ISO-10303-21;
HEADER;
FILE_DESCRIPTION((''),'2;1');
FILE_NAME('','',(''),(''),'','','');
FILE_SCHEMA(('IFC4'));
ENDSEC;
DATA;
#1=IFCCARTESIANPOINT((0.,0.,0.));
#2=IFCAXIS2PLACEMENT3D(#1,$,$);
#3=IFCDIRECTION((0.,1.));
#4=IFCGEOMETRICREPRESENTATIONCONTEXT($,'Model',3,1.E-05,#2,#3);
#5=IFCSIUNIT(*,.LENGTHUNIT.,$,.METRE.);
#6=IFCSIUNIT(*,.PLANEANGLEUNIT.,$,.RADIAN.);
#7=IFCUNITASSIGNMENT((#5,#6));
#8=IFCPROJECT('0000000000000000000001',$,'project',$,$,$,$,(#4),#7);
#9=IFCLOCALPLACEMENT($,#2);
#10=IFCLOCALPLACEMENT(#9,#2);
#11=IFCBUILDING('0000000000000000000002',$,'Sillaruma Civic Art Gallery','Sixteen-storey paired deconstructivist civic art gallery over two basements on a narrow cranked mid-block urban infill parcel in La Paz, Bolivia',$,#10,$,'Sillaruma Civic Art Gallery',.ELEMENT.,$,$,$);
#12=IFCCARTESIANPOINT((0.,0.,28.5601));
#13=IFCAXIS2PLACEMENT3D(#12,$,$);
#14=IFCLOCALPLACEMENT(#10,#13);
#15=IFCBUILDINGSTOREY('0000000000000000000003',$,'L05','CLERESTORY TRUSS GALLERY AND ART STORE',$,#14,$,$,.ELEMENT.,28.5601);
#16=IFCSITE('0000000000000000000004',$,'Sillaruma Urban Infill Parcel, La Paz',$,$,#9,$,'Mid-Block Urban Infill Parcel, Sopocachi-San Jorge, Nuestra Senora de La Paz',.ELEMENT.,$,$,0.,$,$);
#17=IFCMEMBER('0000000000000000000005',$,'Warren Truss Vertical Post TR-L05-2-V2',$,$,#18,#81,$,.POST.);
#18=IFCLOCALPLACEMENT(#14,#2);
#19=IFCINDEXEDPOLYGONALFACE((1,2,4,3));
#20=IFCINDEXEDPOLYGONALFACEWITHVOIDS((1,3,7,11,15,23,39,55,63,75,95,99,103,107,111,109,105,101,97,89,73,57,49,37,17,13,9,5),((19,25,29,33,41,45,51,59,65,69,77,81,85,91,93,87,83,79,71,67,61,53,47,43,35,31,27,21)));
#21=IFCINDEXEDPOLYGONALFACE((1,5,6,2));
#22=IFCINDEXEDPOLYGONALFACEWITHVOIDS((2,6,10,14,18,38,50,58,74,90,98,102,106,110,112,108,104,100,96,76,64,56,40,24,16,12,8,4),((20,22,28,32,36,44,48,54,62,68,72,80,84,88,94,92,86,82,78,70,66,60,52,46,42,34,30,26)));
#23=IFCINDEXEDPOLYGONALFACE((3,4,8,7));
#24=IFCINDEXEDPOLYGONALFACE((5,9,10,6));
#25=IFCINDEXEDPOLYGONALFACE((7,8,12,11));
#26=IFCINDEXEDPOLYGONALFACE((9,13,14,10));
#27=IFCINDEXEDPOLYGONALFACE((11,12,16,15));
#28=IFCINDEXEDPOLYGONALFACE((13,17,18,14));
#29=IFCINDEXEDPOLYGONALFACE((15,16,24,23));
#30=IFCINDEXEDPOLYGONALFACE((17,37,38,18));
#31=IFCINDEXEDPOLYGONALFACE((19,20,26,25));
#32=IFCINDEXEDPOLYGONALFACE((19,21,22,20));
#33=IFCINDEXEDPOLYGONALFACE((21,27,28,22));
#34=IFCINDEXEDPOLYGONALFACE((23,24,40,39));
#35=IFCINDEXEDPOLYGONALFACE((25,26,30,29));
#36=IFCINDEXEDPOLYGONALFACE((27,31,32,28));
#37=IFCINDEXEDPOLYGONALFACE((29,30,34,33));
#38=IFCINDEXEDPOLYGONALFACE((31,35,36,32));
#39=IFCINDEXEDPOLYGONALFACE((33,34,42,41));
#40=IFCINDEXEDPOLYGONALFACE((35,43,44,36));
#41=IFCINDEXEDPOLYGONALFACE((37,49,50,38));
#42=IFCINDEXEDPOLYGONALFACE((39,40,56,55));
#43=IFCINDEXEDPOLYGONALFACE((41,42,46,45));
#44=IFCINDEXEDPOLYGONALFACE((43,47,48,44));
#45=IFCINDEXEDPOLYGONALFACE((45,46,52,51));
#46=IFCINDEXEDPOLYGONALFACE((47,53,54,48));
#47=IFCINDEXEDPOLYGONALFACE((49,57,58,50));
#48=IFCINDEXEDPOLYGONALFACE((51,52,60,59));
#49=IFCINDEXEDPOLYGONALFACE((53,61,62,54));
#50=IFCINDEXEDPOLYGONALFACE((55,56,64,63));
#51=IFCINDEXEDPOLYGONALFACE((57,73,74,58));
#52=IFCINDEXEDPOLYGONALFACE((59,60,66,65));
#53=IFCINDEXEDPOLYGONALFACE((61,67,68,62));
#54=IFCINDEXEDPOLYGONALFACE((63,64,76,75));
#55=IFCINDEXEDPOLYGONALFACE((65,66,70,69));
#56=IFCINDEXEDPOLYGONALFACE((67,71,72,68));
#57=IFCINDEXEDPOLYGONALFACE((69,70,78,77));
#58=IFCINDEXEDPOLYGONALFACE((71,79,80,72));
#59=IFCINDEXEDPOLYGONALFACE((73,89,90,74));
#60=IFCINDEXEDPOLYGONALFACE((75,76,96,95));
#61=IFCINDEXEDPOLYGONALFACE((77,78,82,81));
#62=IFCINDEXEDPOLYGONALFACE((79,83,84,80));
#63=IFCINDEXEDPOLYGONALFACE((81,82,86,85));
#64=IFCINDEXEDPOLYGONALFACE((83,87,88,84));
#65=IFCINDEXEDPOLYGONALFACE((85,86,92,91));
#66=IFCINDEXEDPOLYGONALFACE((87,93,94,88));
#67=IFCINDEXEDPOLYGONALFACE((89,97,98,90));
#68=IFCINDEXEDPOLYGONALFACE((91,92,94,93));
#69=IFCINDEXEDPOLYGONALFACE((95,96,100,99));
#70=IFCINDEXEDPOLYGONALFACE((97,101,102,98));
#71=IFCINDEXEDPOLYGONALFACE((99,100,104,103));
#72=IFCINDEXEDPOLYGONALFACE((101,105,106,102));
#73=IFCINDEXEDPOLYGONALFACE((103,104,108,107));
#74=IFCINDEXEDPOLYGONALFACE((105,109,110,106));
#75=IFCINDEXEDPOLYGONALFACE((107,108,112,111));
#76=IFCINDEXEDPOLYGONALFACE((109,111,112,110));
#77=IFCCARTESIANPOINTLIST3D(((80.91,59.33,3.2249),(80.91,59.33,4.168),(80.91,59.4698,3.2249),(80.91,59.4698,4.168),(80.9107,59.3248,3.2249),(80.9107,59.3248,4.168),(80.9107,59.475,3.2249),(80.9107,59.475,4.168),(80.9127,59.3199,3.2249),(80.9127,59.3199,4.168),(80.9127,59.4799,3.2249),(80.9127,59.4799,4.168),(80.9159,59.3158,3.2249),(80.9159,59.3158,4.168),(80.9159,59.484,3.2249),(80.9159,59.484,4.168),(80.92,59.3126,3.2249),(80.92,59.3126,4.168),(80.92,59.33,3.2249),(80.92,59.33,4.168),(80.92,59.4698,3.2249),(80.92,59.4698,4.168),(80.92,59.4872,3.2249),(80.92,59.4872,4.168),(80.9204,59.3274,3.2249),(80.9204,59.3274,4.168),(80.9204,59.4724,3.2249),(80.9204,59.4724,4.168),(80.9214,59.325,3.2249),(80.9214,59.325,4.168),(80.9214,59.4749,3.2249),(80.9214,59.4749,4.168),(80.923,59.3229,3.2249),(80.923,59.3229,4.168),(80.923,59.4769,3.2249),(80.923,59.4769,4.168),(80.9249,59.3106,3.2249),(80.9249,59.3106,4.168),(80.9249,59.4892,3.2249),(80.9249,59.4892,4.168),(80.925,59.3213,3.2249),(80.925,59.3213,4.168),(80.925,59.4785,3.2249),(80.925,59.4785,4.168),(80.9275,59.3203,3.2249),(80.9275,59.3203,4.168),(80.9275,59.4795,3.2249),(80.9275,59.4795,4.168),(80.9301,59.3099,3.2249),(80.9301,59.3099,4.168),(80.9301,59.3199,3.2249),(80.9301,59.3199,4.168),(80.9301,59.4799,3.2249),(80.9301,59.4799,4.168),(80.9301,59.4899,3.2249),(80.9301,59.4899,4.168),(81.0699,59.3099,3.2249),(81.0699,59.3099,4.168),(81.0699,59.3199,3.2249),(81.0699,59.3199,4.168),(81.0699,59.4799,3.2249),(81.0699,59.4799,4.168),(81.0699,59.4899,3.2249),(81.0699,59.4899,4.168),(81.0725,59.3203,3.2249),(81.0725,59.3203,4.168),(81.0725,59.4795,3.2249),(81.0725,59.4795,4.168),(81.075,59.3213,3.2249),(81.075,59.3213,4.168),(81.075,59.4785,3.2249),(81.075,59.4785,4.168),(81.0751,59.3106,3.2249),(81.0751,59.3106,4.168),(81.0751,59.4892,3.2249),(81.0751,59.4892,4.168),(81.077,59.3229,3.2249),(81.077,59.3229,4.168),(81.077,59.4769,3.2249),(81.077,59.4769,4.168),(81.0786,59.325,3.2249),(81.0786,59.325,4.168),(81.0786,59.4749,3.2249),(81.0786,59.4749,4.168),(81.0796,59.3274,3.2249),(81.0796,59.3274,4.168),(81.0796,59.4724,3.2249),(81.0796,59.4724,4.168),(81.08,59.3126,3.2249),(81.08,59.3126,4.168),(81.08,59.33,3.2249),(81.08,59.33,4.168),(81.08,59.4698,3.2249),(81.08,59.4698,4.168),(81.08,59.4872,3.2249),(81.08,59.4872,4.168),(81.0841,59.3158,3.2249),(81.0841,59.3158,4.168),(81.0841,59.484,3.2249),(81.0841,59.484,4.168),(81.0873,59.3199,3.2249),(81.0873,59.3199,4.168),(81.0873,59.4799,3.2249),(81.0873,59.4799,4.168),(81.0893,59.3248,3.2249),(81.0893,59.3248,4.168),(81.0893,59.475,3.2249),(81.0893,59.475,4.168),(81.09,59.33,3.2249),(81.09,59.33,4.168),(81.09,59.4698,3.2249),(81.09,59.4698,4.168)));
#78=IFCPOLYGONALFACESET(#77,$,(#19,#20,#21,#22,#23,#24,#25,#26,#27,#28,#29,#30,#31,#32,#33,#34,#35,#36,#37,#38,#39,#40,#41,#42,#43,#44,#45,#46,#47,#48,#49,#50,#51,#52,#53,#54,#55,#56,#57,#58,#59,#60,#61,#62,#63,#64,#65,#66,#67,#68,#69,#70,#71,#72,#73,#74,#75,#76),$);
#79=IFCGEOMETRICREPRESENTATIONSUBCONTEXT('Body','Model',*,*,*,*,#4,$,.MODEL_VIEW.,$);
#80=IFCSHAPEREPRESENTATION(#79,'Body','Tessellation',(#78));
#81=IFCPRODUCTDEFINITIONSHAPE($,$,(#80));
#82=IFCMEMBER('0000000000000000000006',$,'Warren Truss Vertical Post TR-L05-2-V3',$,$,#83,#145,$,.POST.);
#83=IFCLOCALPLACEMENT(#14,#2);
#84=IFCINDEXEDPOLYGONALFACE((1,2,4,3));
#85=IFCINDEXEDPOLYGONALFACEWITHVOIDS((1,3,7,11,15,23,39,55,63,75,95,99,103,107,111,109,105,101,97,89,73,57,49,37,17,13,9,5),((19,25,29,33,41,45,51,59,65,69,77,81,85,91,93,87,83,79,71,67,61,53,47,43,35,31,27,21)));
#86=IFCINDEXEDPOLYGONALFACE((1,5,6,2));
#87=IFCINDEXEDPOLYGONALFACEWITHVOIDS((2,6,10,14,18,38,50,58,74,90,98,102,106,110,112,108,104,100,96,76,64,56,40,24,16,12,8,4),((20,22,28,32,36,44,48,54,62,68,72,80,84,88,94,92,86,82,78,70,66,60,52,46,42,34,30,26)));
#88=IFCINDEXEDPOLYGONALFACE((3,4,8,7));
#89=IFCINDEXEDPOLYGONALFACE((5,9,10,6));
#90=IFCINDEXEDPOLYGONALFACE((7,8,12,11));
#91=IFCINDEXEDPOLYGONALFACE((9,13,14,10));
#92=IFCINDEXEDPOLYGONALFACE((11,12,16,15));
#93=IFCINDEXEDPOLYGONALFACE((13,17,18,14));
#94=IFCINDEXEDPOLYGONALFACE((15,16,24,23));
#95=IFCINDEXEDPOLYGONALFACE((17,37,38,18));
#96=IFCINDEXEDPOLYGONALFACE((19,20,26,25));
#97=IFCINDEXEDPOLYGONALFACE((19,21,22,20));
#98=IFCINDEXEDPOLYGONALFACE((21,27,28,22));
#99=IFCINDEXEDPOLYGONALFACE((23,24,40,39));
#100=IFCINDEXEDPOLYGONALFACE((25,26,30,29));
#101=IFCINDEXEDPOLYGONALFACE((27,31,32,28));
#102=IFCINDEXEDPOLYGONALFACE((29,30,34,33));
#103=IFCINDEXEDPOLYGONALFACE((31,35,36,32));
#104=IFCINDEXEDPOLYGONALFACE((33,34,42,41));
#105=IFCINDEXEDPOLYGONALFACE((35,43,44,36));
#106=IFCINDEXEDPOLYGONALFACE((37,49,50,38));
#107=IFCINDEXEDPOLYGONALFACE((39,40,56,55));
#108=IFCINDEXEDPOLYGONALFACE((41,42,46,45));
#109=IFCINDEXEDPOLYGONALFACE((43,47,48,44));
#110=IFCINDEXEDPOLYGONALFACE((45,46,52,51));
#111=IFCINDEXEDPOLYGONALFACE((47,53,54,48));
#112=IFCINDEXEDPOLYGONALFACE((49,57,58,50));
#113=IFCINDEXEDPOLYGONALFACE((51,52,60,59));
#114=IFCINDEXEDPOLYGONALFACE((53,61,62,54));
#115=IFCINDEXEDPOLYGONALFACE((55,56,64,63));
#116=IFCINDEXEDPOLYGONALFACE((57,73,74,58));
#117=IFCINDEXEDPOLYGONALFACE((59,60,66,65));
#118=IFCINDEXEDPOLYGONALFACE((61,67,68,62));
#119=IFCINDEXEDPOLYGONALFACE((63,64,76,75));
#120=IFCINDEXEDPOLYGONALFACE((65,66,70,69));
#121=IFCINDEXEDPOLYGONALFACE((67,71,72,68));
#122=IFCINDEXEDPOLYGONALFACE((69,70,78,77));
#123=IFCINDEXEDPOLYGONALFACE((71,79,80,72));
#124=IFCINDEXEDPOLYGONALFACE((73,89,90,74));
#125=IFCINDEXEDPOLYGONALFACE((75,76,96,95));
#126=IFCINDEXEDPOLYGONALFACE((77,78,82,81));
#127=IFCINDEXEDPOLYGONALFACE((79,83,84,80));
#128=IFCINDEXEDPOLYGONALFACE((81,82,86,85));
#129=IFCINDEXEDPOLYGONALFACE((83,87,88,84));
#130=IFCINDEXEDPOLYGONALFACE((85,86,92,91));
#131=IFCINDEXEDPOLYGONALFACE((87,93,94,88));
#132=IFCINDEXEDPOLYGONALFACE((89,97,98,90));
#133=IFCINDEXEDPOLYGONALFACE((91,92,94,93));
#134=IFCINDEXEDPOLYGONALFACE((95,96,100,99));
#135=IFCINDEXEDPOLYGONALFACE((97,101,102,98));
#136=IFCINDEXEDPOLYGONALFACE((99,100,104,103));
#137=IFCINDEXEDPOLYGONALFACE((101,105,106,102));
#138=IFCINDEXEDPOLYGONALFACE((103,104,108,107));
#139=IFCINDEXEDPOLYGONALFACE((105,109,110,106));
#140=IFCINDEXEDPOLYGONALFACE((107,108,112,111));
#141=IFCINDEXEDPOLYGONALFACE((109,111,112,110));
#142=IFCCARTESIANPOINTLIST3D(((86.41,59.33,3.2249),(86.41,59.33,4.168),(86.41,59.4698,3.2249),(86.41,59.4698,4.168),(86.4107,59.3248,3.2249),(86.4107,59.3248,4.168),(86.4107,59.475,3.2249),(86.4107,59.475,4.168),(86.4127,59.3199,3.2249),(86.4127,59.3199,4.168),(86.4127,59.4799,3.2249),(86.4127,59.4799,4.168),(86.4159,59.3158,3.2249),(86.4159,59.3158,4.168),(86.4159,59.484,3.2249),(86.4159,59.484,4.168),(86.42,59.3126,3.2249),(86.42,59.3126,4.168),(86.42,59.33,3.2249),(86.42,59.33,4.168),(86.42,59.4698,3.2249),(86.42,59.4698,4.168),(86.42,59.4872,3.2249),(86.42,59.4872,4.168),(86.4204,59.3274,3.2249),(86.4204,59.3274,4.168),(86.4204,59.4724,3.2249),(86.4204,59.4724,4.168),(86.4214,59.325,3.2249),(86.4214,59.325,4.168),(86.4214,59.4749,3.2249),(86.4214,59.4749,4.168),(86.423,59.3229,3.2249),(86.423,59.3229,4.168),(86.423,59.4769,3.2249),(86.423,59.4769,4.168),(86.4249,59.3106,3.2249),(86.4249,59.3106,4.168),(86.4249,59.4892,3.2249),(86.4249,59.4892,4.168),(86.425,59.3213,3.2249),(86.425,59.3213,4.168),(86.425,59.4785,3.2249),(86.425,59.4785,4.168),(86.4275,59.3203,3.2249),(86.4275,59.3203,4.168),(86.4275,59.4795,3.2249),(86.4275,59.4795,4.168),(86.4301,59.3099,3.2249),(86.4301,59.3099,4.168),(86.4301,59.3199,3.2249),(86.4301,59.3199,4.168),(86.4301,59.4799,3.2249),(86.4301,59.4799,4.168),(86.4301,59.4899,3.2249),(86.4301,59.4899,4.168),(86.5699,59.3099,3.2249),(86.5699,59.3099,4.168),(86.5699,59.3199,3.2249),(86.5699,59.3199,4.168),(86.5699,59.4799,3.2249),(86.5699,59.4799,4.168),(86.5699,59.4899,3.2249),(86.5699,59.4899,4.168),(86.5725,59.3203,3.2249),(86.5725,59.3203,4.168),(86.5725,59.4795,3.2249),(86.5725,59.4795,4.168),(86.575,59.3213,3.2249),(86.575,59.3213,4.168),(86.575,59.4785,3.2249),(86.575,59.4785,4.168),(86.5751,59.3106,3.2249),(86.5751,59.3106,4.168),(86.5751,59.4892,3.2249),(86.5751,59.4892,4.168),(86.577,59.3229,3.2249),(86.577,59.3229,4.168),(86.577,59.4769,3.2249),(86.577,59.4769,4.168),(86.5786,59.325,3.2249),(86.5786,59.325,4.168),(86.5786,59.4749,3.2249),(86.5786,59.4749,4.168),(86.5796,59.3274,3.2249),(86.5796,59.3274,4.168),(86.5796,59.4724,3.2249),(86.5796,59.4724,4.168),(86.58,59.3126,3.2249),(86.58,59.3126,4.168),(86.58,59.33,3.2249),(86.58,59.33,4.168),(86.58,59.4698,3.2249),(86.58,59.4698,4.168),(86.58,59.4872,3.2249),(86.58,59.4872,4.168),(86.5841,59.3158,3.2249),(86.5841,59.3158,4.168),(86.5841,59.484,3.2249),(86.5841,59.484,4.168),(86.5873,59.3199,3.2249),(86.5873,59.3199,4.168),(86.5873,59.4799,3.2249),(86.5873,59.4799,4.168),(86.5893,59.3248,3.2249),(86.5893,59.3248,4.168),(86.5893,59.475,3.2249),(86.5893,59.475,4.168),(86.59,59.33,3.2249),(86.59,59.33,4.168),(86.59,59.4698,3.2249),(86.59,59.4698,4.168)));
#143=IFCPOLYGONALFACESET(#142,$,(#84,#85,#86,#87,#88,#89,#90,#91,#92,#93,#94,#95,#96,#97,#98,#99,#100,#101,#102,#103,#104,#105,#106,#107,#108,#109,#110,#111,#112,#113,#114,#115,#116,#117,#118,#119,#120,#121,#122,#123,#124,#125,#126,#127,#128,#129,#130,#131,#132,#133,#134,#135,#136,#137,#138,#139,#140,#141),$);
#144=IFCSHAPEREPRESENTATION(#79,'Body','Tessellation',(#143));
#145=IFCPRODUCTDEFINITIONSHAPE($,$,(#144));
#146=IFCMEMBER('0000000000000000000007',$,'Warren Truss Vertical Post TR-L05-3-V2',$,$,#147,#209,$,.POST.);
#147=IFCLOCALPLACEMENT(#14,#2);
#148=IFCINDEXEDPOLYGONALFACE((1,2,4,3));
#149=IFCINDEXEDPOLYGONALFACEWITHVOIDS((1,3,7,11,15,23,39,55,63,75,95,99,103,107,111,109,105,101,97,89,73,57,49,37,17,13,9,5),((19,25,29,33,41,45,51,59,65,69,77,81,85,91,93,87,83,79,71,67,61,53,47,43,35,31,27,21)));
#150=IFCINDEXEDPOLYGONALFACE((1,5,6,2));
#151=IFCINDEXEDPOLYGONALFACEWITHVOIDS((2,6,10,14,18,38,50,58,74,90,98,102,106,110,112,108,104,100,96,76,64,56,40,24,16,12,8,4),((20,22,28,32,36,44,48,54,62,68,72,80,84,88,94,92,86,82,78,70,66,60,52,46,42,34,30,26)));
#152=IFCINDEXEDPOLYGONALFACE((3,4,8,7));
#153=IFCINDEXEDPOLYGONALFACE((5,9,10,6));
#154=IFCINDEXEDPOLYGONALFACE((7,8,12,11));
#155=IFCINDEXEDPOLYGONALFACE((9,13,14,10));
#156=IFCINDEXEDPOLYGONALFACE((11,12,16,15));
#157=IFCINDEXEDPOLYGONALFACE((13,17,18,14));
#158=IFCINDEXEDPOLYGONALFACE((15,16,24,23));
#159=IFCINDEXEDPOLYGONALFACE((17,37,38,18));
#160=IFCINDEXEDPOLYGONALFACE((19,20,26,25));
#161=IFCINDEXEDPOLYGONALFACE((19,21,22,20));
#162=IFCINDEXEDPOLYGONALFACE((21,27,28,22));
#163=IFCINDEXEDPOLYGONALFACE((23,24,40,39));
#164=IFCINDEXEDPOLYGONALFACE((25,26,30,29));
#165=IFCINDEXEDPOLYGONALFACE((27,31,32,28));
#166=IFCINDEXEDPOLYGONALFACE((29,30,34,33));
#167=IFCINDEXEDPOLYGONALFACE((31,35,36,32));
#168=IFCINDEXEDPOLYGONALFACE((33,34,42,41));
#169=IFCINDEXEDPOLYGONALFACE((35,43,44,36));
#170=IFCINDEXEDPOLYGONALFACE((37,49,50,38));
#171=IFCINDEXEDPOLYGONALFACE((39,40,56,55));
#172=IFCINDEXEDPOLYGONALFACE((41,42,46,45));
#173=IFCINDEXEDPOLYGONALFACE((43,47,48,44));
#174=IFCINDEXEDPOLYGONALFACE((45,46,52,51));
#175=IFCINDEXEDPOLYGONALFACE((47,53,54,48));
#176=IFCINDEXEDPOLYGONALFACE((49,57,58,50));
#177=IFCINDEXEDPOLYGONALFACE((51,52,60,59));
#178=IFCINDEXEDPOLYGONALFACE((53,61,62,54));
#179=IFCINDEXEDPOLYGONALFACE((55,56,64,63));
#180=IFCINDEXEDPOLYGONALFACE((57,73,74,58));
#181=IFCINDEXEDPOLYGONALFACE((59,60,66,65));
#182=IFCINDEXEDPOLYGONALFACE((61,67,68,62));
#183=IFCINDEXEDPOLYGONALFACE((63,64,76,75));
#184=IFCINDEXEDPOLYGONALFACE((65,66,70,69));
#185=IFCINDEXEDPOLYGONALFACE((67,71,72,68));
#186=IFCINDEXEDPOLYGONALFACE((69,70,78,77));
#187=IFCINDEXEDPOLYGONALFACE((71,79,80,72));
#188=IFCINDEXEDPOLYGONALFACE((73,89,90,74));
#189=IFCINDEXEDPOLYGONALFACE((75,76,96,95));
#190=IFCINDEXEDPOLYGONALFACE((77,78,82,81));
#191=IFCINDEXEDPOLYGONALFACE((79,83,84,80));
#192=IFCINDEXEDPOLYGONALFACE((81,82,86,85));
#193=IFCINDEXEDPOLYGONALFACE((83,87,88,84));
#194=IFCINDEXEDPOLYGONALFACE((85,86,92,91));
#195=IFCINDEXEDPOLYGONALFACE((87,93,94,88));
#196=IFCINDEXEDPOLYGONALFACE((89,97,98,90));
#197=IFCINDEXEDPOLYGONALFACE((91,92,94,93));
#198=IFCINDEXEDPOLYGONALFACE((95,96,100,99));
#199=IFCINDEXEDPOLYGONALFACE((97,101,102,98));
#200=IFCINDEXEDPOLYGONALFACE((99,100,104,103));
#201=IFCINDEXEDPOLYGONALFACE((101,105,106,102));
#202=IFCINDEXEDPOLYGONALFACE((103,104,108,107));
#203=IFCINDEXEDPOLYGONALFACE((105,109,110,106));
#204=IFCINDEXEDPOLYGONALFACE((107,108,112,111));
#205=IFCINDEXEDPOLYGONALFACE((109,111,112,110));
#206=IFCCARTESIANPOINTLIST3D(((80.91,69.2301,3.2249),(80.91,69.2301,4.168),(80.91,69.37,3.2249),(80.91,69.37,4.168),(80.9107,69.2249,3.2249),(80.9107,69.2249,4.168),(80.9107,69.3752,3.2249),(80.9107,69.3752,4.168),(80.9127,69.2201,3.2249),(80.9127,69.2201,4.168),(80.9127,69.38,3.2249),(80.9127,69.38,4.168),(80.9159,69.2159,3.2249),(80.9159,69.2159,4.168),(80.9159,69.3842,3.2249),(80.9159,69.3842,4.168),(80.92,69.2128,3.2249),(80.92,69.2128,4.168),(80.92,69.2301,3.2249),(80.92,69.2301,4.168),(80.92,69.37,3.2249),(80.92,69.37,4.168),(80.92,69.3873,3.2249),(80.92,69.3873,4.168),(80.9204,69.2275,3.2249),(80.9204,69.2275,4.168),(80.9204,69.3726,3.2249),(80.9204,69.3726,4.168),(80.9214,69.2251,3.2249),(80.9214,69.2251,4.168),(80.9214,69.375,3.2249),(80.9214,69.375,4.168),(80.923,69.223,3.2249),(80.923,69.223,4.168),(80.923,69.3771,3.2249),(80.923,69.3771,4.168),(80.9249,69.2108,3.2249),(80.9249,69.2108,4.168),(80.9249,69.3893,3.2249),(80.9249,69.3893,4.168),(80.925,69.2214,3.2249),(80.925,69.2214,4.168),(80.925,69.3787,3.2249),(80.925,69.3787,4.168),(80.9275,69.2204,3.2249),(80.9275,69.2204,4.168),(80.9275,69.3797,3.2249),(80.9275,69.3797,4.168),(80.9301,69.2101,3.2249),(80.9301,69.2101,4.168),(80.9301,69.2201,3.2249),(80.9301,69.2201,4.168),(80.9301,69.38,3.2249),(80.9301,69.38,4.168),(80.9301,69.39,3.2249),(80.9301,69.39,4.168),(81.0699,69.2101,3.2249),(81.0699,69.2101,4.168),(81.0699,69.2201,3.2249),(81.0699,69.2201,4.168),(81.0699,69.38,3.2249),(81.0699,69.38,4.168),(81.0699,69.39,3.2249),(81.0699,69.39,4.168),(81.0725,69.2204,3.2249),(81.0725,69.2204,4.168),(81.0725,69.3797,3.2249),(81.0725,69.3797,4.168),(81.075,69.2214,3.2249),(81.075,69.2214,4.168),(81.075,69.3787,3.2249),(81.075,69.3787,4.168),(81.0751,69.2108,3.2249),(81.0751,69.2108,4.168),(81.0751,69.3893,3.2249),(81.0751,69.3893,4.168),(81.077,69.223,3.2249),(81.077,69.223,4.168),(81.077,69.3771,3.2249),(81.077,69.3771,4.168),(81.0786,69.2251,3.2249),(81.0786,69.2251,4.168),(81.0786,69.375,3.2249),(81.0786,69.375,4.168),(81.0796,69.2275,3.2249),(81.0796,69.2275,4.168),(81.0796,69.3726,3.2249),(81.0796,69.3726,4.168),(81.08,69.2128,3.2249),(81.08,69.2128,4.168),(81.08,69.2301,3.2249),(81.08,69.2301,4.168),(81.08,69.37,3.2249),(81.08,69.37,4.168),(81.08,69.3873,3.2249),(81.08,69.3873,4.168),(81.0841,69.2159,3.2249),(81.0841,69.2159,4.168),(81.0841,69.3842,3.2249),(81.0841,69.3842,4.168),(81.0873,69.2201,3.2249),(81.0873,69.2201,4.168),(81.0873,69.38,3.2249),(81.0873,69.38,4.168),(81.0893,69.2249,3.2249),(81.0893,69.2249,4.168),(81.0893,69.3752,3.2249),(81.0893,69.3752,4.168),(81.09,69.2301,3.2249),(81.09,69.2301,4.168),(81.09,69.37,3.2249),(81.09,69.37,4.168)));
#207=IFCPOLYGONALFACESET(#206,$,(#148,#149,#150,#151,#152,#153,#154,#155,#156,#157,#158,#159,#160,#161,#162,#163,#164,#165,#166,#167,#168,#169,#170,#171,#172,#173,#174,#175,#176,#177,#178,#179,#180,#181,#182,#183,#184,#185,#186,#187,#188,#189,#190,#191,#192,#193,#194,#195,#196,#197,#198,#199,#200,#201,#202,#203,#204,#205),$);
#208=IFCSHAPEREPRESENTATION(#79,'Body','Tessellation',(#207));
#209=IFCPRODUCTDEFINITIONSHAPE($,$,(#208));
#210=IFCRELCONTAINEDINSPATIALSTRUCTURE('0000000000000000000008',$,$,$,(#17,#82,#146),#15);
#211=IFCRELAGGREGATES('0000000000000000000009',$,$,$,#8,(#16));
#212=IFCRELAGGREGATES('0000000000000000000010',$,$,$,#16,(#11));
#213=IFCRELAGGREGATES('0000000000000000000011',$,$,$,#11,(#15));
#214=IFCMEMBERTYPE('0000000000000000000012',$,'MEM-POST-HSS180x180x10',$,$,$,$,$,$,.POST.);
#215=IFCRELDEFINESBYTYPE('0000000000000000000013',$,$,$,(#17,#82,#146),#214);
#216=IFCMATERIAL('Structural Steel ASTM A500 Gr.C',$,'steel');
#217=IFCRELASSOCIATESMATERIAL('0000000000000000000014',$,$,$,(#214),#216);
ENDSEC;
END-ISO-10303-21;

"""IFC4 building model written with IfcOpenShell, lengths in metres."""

from ifc_helpers import new_model, si_unit, direction, frame, origin, origin_2d, place, context, subcontext, project, spatial, hollow_rectangle, extrude, material, material_profile, profile_set, type_object, element, save


model = new_model("IFC4")

# Units and contexts
model_context = context("Model", 3, precision=1e-05, world=origin(), true_north=direction((0.0, 1.0)))
body_context = subcontext(model_context, "Body", "Model", "MODEL_VIEW")
ifc_project = project(units=[si_unit("LENGTHUNIT", "METRE"), si_unit("PLANEANGLEUNIT", "RADIAN")], contexts=[model_context])

# Site, building, storey
site_placement = place(None, origin())
site = spatial("IfcSite", under=ifc_project, at=site_placement, Name="Sillaruma Urban Infill Parcel, La Paz", LongName="Mid-Block Urban Infill Parcel, Sopocachi-San Jorge, Nuestra Senora de La Paz", CompositionType="ELEMENT", RefElevation=0.0)
building_placement = place(site_placement, origin())
building = spatial("IfcBuilding", under=site, at=building_placement, Name="Sillaruma Civic Art Gallery", Description="Sixteen-storey paired deconstructivist civic art gallery over two basements on a narrow cranked mid-block urban infill parcel in La Paz, Bolivia", LongName="Sillaruma Civic Art Gallery", CompositionType="ELEMENT")
storey_placement = place(building_placement, frame((0.0, 0.0, 28.5601)))
storey = spatial("IfcBuildingStorey", under=building, at=storey_placement, Name="L05", Description="CLERESTORY TRUSS GALLERY AND ART STORE", CompositionType="ELEMENT", Elevation=28.5601)

# Shared definitions
ifc_material_1 = material(Name="Structural Steel ASTM A500 Gr.C", Category="steel")

# Members
ifc_material_profile_1 = material_profile(ifc_material_1, hollow_rectangle(XDim=0.1799, YDim=0.1799, WallThickness=0.01, InnerFilletRadius=0.01, OuterFilletRadius=0.02, at=origin_2d()), Name="HSS180x180x10")
ifc_profile_set_1 = profile_set([ifc_material_profile_1], Name="Structural Steel ASTM A500 Gr.C")
member_type_1 = type_object("IfcMemberType", Name="MEM-POST-HSS180x180x10", PredefinedType="POST", material=ifc_profile_set_1)
for number, where, z_axis, x_axis, name in (
    (1, (81.0, 59.3999, 3.2249), (0.0, 0.0, 1.0), (1.0, 0.0, 0.0), "Warren Truss Vertical Post TR-L05-2-V2"),
    (2, (86.5, 59.3999, 3.2249), (0.0, 0.0, 1.0), (1.0, 0.0, 0.0), "Warren Truss Vertical Post TR-L05-2-V3"),
    (3, (81.0, 69.3, 3.2249), (0.0, 0.0, 1.0), (1.0, 0.0, 0.0), "Warren Truss Vertical Post TR-L05-3-V2"),
):
    element("IfcMember", number, at=place(storey_placement, frame(where, z_axis=z_axis, x_axis=x_axis)), inside=storey, type_object=member_type_1, Name=name, PredefinedType="POST", context=body_context, shape_type="SweptSolid", body=[
        extrude(hollow_rectangle(XDim=0.1799, YDim=0.1799, WallThickness=0.01, InnerFilletRadius=0.01, OuterFilletRadius=0.02, at=origin_2d()), origin(), (0.0, 0.0, 1.0), 0.9431),
    ])

save(model, "model.ifc")
